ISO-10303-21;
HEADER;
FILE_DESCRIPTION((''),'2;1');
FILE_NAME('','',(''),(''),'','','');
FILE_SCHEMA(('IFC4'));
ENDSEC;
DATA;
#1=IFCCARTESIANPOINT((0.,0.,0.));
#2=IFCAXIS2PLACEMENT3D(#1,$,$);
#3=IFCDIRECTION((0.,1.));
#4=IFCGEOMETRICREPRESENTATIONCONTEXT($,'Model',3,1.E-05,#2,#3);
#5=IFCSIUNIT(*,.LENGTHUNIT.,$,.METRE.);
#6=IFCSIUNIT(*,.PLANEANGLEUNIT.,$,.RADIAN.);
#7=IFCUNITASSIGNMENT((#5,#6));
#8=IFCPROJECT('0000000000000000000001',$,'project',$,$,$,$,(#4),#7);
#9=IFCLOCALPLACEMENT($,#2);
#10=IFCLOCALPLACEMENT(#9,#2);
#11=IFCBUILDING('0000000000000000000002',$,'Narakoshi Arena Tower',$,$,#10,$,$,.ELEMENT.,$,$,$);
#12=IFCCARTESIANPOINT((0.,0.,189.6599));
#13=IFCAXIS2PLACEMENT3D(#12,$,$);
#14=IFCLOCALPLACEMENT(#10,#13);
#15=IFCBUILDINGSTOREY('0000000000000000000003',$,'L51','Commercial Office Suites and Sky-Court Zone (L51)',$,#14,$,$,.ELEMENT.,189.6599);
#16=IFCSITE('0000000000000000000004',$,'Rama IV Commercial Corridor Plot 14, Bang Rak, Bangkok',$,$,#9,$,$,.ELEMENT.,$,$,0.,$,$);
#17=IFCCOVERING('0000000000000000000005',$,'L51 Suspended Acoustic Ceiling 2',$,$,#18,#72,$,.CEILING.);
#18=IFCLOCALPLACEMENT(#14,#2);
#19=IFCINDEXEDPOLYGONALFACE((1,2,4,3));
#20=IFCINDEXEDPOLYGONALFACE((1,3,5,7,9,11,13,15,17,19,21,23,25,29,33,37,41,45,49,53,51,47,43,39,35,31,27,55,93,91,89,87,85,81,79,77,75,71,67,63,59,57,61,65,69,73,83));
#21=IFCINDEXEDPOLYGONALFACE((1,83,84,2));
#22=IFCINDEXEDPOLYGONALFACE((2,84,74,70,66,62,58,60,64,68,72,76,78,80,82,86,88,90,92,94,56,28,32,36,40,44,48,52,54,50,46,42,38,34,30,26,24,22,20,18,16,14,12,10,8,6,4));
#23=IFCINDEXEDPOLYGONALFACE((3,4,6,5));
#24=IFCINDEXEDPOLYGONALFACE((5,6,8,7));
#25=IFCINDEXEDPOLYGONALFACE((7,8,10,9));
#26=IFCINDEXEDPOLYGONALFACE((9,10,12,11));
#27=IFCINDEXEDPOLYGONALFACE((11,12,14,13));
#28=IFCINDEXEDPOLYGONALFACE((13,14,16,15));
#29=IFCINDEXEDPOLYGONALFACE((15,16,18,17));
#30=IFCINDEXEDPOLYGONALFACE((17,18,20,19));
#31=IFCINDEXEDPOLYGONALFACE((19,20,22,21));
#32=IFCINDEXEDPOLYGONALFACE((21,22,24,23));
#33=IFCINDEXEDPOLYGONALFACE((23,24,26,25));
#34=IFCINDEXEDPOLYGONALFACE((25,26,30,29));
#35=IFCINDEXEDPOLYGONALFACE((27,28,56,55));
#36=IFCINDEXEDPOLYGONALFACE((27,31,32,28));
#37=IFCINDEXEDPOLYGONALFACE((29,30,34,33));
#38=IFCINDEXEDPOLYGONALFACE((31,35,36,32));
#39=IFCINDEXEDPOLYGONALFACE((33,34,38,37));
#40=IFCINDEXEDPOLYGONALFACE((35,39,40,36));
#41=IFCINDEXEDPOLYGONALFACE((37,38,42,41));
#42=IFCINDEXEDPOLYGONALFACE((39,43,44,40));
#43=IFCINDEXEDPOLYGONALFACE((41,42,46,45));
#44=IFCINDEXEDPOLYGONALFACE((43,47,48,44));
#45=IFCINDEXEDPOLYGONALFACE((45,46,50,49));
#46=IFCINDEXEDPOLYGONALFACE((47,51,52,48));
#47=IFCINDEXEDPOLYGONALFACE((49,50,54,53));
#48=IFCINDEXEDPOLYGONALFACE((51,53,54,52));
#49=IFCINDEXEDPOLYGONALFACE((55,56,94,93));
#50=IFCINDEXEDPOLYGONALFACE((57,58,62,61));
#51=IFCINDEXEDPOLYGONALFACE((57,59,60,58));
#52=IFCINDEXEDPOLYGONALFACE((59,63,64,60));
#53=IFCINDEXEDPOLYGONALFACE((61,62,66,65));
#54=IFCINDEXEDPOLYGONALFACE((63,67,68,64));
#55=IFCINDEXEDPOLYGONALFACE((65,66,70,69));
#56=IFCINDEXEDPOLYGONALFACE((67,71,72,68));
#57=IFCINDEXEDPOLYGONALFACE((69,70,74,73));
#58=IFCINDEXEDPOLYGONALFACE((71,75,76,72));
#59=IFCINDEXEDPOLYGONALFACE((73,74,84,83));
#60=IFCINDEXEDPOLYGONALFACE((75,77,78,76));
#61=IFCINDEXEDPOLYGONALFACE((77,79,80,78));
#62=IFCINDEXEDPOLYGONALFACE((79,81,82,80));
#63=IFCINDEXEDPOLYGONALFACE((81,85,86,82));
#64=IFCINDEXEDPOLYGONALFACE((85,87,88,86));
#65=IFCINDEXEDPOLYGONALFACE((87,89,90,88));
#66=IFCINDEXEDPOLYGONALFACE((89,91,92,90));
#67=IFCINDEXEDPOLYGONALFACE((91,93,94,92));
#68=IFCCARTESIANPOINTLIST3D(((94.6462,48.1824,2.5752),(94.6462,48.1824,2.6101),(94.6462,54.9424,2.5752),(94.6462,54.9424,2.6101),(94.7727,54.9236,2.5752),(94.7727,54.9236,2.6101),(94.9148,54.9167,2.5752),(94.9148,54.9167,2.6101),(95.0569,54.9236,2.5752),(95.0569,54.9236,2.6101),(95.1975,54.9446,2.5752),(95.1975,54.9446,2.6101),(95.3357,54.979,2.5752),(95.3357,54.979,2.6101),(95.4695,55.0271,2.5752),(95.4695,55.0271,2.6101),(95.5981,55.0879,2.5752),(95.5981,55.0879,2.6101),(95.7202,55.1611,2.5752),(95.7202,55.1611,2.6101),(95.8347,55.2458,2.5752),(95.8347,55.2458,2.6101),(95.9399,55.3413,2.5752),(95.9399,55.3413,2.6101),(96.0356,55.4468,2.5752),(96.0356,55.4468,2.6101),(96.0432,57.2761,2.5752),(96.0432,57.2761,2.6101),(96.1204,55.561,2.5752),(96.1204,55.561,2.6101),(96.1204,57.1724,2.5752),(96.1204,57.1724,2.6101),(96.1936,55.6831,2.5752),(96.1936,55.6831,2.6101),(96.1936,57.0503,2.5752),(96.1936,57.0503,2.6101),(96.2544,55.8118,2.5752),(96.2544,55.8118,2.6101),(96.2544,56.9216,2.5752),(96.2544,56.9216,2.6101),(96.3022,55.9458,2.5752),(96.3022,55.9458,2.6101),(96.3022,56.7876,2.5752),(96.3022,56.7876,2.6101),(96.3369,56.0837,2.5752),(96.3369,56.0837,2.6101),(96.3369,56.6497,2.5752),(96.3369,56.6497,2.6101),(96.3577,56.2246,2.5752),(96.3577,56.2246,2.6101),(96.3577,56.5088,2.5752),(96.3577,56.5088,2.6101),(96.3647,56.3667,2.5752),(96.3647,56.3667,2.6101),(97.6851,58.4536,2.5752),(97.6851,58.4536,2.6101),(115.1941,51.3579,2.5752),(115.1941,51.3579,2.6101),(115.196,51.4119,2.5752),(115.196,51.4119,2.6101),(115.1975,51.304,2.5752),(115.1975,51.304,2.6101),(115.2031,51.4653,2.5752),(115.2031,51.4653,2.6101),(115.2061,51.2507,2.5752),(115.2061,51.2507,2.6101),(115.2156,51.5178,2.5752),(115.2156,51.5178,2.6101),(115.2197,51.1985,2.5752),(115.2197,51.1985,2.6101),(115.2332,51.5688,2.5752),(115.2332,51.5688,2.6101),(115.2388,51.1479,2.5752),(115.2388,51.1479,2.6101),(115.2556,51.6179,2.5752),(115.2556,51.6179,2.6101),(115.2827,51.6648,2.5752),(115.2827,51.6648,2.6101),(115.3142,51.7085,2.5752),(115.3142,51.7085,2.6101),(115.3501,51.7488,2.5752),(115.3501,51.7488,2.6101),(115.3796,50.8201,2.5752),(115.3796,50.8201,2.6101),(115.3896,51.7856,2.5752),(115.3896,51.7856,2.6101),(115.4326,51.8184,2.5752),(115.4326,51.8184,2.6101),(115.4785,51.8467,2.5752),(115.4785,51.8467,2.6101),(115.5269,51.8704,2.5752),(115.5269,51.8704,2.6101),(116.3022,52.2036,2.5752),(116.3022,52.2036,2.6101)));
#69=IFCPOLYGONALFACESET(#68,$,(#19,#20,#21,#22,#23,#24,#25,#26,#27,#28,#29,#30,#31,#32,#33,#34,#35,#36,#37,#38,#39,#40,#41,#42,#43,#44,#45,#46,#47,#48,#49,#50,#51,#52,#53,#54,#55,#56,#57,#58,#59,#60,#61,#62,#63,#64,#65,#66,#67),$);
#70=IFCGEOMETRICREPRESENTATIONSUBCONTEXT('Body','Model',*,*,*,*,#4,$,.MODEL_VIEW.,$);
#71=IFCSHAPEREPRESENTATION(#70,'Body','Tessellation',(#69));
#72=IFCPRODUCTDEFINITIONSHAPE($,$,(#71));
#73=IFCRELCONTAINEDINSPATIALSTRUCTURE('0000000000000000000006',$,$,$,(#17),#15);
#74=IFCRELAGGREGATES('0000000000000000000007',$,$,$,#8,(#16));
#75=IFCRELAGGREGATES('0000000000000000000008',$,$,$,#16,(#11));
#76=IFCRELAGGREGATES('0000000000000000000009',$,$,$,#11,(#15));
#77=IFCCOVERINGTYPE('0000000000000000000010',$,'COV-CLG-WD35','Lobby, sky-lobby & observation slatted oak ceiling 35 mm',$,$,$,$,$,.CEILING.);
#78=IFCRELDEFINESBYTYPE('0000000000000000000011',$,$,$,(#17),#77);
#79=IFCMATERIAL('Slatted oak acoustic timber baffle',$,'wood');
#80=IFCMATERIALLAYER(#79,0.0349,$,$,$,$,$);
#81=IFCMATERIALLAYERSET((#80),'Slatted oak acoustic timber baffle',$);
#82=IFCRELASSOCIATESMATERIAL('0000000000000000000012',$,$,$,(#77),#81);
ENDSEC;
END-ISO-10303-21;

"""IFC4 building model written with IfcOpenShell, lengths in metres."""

from ifc_helpers import new_model, si_unit, direction, frame, origin, place, context, subcontext, project, spatial, polyline, outline, extrude, material, layer, layer_set, type_object, element, save


model = new_model("IFC4")

# Units and contexts
model_context = context("Model", 3, precision=1e-05, world=origin(), true_north=direction((0.0, 1.0)))
body_context = subcontext(model_context, "Body", "Model", "MODEL_VIEW")
ifc_project = project(units=[si_unit("LENGTHUNIT", "METRE"), si_unit("PLANEANGLEUNIT", "RADIAN")], contexts=[model_context])

# Site, building, storey
site_placement = place(None, origin())
site = spatial("IfcSite", under=ifc_project, at=site_placement, Name="Rama IV Commercial Corridor Plot 14, Bang Rak, Bangkok", CompositionType="ELEMENT", RefElevation=0.0)
building_placement = place(site_placement, origin())
building = spatial("IfcBuilding", under=site, at=building_placement, Name="Narakoshi Arena Tower", CompositionType="ELEMENT")
storey_placement = place(building_placement, frame((0.0, 0.0, 189.6599)))
storey = spatial("IfcBuildingStorey", under=building, at=storey_placement, Name="L51", Description="Commercial Office Suites and Sky-Court Zone (L51)", CompositionType="ELEMENT", Elevation=189.6599)

# Covering
ifc_material_1 = material(Name="Slatted oak acoustic timber baffle", Category="wood")
ifc_layer_1 = layer(ifc_material_1, 0.0349)
ifc_layer_set_1 = layer_set([ifc_layer_1], Name="Slatted oak acoustic timber baffle")
covering_type_1 = type_object("IfcCoveringType", Name="COV-CLG-WD35", Description="Lobby, sky-lobby & observation slatted oak ceiling 35 mm", PredefinedType="CEILING", material=ifc_layer_set_1)
covering_1_placement = place(storey_placement, frame((0.0, 0.0, 2.5752)))
element("IfcCovering", 1, at=covering_1_placement, inside=storey, type_object=covering_type_1, Name="L51 Suspended Acoustic Ceiling 2", PredefinedType="CEILING", context=body_context, shape_type="SweptSolid", body=[
    extrude(outline(polyline([(115.5269, 51.8704), (115.4785, 51.8467), (115.4326, 51.8184), (115.3896, 51.7856), (115.3501, 51.7488), (115.3142, 51.7085), (115.2827, 51.6648), (115.2556, 51.6179), (115.2332, 51.5688), (115.2156, 51.5178), (115.2031, 51.4653), (115.196, 51.4119), (115.1941, 51.3579), (115.1975, 51.304), (115.2061, 51.2507), (115.2197, 51.1985), (115.2388, 51.1479), (115.3796, 50.8201), (94.6462, 48.1824), (94.6462, 54.9424), (94.7727, 54.9236), (94.9148, 54.9167), (95.0569, 54.9236), (95.1975, 54.9446), (95.3357, 54.979), (95.4695, 55.0271), (95.5981, 55.0879), (95.7202, 55.1611), (95.8347, 55.2458), (95.9399, 55.3413), (96.0356, 55.4468), (96.1204, 55.561), (96.1936, 55.6831), (96.2544, 55.8118), (96.3022, 55.9458), (96.3369, 56.0837), (96.3577, 56.2246), (96.3647, 56.3667), (96.3577, 56.5088), (96.3369, 56.6497), (96.3022, 56.7876), (96.2544, 56.9216), (96.1936, 57.0503), (96.1204, 57.1724), (96.0432, 57.2761), (97.6851, 58.4536), (116.3022, 52.2036), (115.5269, 51.8704)])), origin(), (0.0, 0.0, 1.0), 0.0349),
])

save(model, "model.ifc")
